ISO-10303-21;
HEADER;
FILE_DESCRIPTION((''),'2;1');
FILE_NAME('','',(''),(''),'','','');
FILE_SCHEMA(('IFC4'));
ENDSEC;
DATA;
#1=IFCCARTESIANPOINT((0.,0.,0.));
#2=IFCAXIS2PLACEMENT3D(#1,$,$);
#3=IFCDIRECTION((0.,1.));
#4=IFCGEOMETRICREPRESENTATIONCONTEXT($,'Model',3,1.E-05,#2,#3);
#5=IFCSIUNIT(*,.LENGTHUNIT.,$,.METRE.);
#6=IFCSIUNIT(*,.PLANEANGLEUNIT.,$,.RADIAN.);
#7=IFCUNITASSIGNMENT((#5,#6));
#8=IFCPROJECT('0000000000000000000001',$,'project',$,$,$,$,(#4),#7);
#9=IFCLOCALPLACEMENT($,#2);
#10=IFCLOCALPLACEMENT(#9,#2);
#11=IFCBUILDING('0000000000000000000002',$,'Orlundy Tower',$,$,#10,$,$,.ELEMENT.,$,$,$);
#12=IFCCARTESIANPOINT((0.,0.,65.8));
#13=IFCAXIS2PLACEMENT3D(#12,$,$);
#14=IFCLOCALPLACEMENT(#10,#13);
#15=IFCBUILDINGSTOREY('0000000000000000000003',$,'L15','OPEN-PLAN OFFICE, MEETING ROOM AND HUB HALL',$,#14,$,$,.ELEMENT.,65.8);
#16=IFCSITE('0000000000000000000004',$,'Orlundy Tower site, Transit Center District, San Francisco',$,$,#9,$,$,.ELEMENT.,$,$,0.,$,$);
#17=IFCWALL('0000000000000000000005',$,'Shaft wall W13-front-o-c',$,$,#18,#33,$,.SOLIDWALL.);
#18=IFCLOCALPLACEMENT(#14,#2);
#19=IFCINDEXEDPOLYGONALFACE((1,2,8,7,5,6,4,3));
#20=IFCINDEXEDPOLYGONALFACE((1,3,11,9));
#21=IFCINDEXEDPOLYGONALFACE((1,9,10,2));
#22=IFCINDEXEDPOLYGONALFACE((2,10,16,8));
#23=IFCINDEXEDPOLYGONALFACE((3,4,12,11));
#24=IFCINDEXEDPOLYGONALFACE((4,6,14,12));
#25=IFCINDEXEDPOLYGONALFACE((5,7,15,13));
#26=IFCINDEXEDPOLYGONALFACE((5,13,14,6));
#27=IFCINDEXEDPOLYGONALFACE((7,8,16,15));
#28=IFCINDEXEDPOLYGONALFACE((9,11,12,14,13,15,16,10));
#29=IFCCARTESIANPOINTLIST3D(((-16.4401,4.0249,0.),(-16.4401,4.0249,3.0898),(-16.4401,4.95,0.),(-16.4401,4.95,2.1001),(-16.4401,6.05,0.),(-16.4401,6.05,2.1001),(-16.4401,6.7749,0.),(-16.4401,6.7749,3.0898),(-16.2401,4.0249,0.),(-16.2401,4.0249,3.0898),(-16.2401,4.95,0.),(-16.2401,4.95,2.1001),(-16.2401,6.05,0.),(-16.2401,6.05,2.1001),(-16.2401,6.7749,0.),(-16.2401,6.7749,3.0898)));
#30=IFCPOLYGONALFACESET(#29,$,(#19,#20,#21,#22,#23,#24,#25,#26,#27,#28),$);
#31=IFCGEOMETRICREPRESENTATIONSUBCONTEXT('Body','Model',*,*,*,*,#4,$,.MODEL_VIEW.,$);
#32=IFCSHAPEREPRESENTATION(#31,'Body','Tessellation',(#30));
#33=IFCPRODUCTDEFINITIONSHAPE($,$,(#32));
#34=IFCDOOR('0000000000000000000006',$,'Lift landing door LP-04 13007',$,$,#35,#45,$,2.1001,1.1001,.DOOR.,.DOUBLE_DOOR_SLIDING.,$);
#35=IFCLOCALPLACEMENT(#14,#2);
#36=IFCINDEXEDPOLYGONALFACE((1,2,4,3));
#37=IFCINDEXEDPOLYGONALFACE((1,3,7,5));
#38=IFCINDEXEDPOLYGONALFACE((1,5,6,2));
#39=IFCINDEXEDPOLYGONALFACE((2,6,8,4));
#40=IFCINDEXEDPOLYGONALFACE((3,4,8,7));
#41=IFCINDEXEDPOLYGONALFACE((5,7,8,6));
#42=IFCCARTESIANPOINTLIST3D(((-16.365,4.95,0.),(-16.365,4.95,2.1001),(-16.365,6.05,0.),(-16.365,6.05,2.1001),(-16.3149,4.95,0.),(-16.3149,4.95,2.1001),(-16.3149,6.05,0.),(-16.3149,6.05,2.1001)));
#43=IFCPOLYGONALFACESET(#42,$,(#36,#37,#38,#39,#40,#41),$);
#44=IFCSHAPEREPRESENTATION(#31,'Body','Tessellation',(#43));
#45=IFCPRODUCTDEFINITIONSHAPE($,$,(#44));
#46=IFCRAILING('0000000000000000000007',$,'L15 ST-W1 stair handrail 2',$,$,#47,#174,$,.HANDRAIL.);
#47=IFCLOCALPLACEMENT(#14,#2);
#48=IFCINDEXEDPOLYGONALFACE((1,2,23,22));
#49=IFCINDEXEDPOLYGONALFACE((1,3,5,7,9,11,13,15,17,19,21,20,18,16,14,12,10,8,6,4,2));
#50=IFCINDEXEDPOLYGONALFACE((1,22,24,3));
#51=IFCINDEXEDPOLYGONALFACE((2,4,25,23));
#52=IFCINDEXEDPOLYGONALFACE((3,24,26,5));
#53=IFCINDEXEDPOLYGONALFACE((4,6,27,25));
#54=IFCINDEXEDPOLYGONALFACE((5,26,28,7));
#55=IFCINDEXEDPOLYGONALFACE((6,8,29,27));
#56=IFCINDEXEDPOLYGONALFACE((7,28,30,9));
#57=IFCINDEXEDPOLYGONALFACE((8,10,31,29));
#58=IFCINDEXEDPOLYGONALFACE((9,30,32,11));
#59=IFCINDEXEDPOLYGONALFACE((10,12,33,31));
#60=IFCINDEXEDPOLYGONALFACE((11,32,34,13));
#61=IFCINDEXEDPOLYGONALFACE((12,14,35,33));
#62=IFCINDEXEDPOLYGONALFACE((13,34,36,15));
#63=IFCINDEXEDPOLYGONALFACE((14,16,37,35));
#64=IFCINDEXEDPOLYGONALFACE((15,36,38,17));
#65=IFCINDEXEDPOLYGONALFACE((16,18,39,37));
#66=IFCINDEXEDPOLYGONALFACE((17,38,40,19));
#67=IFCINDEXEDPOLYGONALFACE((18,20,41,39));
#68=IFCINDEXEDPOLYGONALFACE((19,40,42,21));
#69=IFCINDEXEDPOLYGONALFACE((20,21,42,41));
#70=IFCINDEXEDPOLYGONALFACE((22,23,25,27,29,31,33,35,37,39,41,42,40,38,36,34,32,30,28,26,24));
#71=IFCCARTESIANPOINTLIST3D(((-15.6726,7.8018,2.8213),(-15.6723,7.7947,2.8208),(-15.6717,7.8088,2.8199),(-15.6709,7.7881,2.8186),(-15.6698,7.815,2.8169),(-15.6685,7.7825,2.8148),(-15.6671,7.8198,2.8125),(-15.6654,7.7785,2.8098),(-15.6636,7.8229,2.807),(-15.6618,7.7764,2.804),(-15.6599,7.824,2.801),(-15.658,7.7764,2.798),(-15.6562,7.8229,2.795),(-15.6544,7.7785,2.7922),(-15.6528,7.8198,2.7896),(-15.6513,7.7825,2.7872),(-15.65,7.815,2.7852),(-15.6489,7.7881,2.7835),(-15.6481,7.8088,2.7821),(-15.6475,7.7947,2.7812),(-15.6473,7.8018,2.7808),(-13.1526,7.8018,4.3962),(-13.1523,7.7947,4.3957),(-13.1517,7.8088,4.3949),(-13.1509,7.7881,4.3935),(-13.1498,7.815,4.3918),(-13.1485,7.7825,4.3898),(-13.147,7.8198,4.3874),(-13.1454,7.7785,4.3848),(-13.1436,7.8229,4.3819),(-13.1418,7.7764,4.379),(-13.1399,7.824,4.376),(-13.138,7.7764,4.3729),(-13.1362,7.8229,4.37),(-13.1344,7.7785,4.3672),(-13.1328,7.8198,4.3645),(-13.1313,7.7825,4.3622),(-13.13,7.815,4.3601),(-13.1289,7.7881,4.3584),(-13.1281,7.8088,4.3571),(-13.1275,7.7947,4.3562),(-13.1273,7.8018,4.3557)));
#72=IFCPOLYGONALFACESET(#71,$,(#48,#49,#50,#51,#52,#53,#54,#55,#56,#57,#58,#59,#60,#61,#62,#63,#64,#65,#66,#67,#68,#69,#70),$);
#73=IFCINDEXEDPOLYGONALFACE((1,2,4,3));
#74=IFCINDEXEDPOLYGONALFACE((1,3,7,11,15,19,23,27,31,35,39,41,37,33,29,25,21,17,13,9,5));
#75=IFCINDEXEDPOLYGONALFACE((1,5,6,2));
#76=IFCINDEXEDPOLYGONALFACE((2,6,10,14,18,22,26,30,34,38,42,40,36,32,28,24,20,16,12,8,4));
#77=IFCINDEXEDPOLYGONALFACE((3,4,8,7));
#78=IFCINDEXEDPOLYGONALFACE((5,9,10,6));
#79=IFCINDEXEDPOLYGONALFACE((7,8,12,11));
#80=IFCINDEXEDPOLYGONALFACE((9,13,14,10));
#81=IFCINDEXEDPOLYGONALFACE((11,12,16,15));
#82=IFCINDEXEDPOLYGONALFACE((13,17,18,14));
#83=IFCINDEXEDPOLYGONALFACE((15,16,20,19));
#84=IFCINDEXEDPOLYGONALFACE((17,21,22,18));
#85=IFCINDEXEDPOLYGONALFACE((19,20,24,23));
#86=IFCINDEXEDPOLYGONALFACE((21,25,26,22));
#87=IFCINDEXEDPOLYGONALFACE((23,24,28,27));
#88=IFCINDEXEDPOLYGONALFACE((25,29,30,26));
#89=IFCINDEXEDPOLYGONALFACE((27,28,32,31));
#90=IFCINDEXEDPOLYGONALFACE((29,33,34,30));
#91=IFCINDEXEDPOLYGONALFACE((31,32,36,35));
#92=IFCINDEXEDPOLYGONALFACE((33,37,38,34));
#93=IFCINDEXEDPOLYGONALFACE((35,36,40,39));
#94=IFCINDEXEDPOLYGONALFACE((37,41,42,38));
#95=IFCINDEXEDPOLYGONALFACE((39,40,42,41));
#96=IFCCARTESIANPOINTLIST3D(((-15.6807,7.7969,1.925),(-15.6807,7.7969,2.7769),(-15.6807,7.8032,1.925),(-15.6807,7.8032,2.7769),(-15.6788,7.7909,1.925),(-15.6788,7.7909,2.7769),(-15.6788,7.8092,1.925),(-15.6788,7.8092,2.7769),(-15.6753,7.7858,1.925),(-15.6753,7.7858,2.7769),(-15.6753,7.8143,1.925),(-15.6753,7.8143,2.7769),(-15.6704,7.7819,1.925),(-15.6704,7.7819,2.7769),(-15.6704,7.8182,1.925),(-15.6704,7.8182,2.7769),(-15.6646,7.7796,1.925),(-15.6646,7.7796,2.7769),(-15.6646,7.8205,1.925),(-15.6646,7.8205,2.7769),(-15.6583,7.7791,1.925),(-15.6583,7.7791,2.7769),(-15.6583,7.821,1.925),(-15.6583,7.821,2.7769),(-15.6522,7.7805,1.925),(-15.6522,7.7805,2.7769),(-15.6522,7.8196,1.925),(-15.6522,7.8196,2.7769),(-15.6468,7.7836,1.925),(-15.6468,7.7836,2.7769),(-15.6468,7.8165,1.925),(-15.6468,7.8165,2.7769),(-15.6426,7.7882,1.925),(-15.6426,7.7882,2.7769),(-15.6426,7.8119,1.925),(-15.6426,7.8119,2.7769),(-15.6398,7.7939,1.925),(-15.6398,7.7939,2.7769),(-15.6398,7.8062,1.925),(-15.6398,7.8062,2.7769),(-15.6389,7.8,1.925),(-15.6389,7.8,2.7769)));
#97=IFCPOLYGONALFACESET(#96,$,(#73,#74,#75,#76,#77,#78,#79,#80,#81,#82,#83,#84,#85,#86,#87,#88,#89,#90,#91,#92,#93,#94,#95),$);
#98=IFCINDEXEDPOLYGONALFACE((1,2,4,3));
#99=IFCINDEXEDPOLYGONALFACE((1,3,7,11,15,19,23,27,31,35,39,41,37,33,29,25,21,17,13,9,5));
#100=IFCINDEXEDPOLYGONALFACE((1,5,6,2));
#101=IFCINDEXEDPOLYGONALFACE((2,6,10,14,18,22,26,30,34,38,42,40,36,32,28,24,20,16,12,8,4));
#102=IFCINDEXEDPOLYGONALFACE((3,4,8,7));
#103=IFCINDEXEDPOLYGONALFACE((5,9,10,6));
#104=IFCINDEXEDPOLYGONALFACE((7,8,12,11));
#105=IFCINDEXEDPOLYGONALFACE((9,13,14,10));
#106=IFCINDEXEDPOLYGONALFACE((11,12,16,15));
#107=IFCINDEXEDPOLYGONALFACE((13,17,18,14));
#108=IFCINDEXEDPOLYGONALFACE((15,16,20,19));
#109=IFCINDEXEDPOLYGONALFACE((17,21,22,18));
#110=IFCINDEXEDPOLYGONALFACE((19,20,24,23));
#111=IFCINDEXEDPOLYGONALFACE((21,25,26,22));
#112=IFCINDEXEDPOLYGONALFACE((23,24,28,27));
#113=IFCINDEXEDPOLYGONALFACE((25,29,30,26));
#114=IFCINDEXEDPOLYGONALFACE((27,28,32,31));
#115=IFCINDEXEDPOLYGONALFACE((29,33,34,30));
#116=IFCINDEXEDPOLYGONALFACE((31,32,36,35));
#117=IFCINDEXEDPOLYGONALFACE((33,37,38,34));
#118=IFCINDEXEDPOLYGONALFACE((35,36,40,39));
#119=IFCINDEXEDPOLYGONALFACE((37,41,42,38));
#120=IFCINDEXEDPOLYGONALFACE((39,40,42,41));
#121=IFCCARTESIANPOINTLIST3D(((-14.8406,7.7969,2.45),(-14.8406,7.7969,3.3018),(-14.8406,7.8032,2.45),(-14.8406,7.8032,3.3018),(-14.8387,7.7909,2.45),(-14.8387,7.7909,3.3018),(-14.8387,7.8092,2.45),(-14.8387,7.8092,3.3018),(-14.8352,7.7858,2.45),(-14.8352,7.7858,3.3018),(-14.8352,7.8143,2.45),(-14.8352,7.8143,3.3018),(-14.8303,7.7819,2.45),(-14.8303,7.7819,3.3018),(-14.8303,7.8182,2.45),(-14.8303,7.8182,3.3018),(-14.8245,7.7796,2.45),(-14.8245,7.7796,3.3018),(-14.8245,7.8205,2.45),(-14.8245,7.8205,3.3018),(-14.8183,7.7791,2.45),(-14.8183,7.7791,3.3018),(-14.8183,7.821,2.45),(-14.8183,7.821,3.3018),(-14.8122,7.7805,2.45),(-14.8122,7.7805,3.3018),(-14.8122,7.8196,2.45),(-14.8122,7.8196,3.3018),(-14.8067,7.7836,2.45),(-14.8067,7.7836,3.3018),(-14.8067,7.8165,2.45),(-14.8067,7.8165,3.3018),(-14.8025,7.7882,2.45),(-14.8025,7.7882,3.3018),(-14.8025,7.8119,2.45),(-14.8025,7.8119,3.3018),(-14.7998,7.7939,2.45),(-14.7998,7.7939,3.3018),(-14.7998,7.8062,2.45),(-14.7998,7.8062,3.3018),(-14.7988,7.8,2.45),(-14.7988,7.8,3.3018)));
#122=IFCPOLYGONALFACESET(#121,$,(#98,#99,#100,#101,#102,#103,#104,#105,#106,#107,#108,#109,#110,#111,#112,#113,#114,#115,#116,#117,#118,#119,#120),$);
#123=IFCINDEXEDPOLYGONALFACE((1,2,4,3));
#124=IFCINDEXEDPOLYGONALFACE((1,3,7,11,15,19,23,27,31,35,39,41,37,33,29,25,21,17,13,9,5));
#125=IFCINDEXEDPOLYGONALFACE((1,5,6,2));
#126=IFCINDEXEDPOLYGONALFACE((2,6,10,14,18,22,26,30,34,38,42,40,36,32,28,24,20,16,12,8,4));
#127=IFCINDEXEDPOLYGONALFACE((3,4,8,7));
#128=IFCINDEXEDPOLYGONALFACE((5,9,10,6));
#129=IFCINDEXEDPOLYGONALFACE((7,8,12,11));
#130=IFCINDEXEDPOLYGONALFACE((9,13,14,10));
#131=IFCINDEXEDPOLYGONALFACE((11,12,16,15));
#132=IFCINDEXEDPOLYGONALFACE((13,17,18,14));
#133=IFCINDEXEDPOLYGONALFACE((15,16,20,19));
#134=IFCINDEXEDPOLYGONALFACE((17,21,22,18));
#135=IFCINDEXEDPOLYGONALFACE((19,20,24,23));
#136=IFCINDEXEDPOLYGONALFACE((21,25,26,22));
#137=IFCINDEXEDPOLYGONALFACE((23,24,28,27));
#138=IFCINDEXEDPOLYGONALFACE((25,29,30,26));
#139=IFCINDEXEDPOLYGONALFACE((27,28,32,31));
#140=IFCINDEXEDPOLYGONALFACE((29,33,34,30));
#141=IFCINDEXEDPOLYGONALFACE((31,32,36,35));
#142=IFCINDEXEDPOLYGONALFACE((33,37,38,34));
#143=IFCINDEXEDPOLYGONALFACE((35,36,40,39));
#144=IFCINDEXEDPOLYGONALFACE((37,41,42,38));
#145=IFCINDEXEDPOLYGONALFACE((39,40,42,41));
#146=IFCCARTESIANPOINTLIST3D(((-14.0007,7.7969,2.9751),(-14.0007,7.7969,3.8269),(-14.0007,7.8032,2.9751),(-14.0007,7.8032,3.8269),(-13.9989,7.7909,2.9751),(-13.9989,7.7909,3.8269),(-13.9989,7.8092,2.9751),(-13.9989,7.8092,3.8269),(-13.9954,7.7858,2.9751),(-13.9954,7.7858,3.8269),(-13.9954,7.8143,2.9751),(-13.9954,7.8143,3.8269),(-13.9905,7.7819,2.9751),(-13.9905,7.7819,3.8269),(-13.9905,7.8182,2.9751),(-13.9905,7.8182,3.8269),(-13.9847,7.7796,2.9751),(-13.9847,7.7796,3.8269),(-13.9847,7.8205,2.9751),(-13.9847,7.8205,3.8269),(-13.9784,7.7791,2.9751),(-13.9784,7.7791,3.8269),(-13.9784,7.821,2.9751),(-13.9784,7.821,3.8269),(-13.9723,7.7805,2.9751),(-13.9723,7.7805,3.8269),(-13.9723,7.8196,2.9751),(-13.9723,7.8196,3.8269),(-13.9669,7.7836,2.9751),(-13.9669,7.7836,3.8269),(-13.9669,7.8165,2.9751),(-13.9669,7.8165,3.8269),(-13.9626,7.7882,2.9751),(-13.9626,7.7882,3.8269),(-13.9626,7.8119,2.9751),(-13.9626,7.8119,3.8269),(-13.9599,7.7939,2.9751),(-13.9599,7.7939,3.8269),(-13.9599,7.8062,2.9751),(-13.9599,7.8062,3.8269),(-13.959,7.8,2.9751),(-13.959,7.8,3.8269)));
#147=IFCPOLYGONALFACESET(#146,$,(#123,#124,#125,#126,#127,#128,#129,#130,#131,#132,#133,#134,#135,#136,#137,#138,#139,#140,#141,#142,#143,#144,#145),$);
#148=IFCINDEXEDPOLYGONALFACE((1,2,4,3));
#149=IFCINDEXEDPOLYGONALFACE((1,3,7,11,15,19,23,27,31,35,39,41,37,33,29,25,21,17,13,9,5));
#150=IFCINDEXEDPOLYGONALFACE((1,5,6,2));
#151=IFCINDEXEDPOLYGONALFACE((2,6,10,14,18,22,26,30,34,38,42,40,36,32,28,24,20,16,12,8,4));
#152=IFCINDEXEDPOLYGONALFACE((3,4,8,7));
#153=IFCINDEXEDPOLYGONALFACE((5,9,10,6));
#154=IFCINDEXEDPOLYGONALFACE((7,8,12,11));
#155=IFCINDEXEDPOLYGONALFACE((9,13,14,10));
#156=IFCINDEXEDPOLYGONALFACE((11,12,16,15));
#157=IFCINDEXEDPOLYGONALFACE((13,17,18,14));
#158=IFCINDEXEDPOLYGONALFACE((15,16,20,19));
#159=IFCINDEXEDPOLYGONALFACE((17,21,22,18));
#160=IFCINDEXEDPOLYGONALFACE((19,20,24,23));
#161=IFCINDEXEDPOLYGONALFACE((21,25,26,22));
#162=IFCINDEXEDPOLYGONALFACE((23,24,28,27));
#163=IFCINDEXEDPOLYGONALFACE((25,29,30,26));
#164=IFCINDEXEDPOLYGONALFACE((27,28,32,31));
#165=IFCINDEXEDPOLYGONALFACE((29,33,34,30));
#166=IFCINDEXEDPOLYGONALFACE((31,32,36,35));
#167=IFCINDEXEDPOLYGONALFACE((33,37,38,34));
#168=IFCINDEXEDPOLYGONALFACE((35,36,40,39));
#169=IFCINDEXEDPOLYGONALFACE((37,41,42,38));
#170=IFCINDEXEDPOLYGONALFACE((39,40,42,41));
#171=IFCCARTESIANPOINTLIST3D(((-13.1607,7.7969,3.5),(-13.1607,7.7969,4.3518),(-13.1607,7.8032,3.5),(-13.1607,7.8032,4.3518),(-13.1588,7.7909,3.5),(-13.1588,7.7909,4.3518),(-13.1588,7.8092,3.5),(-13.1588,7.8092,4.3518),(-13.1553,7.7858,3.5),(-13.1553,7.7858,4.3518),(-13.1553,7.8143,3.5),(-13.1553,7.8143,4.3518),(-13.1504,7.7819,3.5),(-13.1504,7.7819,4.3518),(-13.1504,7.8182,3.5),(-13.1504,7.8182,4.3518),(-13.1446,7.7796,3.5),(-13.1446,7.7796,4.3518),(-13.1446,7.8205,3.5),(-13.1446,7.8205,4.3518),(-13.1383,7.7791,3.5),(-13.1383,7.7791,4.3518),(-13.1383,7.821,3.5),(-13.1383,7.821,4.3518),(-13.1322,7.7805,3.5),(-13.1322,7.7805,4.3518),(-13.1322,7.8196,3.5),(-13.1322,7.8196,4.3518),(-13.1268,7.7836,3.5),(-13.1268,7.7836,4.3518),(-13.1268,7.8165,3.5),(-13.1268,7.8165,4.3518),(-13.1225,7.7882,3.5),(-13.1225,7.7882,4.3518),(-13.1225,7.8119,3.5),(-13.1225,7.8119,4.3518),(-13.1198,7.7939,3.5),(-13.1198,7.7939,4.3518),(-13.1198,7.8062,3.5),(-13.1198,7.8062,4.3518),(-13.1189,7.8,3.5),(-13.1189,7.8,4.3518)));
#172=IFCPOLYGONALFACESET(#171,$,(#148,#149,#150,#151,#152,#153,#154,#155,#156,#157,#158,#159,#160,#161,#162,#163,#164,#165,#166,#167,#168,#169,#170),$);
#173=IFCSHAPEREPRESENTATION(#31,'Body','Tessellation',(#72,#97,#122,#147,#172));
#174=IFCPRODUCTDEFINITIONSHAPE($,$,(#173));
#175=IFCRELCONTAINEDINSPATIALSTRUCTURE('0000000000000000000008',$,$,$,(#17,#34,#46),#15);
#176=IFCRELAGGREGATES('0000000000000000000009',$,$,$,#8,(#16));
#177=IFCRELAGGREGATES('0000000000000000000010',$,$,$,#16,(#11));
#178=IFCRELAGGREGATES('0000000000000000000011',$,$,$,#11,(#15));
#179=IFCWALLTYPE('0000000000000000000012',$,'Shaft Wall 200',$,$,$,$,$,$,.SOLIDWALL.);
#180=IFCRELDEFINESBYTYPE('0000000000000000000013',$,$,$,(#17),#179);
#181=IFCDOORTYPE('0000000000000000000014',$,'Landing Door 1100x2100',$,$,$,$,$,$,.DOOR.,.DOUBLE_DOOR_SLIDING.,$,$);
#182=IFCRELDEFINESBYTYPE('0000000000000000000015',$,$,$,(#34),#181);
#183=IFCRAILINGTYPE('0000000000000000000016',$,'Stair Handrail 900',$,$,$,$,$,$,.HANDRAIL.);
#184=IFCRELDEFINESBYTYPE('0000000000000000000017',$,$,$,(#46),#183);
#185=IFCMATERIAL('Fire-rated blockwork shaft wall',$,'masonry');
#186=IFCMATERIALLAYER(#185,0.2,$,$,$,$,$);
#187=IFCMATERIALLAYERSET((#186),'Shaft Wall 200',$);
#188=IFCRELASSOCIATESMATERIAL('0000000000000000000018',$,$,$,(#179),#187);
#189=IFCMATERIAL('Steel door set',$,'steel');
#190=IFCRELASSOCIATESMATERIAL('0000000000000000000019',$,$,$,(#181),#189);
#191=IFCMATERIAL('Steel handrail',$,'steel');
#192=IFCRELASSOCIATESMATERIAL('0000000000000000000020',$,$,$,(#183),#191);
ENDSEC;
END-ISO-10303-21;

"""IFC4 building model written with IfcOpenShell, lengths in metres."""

from ifc_helpers import new_model, si_unit, direction, frame, frame_2d, origin, origin_2d, place, context, subcontext, project, spatial, rectangle, circle, extrude, material, layer, layer_set, type_object, element, fill, save


model = new_model("IFC4")

# Units and contexts
model_context = context("Model", 3, precision=1e-05, world=origin(), true_north=direction((0.0, 1.0)))
body_context = subcontext(model_context, "Body", "Model", "MODEL_VIEW")
ifc_project = project(units=[si_unit("LENGTHUNIT", "METRE"), si_unit("PLANEANGLEUNIT", "RADIAN")], contexts=[model_context])

# Site, building, storey
site_placement = place(None, origin())
site = spatial("IfcSite", under=ifc_project, at=site_placement, Name="Orlundy Tower site, Transit Center District, San Francisco", CompositionType="ELEMENT", RefElevation=0.0)
building_placement = place(site_placement, origin())
building = spatial("IfcBuilding", under=site, at=building_placement, Name="Orlundy Tower", CompositionType="ELEMENT")
storey_placement = place(building_placement, frame((0.0, 0.0, 65.8)))
storey = spatial("IfcBuildingStorey", under=building, at=storey_placement, Name="L15", Description="OPEN-PLAN OFFICE, MEETING ROOM AND HUB HALL", CompositionType="ELEMENT", Elevation=65.8)

# Wall, opening, door
ifc_material_1 = material(Name="Fire-rated blockwork shaft wall", Category="masonry")
ifc_layer_1 = layer(ifc_material_1, 0.2)
ifc_layer_set_1 = layer_set([ifc_layer_1], Name="Shaft Wall 200")
wall_type_1 = type_object("IfcWallType", Name="Shaft Wall 200", PredefinedType="SOLIDWALL", material=ifc_layer_set_1)
wall_1_placement = place(storey_placement, frame((-16.3401, 4.0249, 0.0), z_axis=(0.0, 0.0, 1.0), x_axis=(0.0, 1.0, 0.0)))
wall_1 = element("IfcWall", 1, at=wall_1_placement, inside=storey, type_object=wall_type_1, Name="Shaft wall W13-front-o-c", PredefinedType="SOLIDWALL", context=body_context, shape_type="SweptSolid", body=[
    extrude(rectangle(XDim=2.75, YDim=0.2, at=frame_2d((1.375, 0.0))), origin(), (0.0, 0.0, 1.0), 3.0898),
])
opening_1_placement = place(wall_1_placement, frame((0.925, 0.0, 0.0)))
opening_1 = element("IfcOpeningElement", 2, at=opening_1_placement, cuts=wall_1, PredefinedType="OPENING", context=body_context, shape_type="SweptSolid", body=[
    extrude(rectangle(XDim=1.1001, YDim=2.1001, at=frame_2d((0.55, 1.05))), frame((0.0, 0.1101, 0.0), z_axis=(0.0, -1.0, 0.0), x_axis=(1.0, 0.0, 0.0)), (0.0, 0.0, 1.0), 0.2202),
])
ifc_material_2 = material(Name="Steel door set", Category="steel")
door_type_1 = type_object("IfcDoorType", Name="Landing Door 1100x2100", OperationType="DOUBLE_DOOR_SLIDING", PredefinedType="DOOR", material=ifc_material_2)
door_1_placement = place(opening_1_placement, origin())
door_1 = element("IfcDoor", 3, at=door_1_placement, inside=storey, type_object=door_type_1, Name="Lift landing door LP-04 13007", OperationType="DOUBLE_DOOR_SLIDING", OverallHeight=2.1001, OverallWidth=1.1001, PredefinedType="DOOR", context=body_context, shape_type="SweptSolid", body=[
    extrude(rectangle(XDim=1.1001, YDim=2.1001, at=frame_2d((0.55, 1.05))), frame((0.0, 0.0249, 0.0), z_axis=(0.0, -1.0, 0.0), x_axis=(1.0, 0.0, 0.0)), (0.0, 0.0, 1.0), 0.05),
])
fill(opening_1, door_1)

# Railing
ifc_material_3 = material(Name="Steel handrail", Category="steel")
railing_type = type_object("IfcRailingType", Name="Stair Handrail 900", PredefinedType="HANDRAIL", material=ifc_material_3)
railing_placement = place(storey_placement, frame((-15.6599, 7.8, 1.925)))
element("IfcRailing", 4, at=railing_placement, inside=storey, type_object=railing_type, Name="L15 ST-W1 stair handrail 2", PredefinedType="HANDRAIL", context=body_context, shape_type="SweptSolid", body=[
    extrude(circle(Radius=0.0239, at=origin_2d()), frame((0.0, 0.0, 0.876), z_axis=(0.848008, 0.0, 0.529984), x_axis=(0.0, 1.0, 0.0)), (0.0, 0.0, 1.0), 2.9717),
    extrude(circle(Radius=0.021, at=origin_2d()), origin(), (0.0, 0.0, 1.0), 0.8518),
    extrude(circle(Radius=0.021, at=origin_2d()), frame((0.8401, 0.0, 0.5249)), (0.0, 0.0, 1.0), 0.8518),
    extrude(circle(Radius=0.021, at=origin_2d()), frame((1.6799, 0.0, 1.05)), (0.0, 0.0, 1.0), 0.8518),
    extrude(circle(Radius=0.021, at=origin_2d()), frame((2.52, 0.0, 1.575)), (0.0, 0.0, 1.0), 0.8518),
])

save(model, "model.ifc")
